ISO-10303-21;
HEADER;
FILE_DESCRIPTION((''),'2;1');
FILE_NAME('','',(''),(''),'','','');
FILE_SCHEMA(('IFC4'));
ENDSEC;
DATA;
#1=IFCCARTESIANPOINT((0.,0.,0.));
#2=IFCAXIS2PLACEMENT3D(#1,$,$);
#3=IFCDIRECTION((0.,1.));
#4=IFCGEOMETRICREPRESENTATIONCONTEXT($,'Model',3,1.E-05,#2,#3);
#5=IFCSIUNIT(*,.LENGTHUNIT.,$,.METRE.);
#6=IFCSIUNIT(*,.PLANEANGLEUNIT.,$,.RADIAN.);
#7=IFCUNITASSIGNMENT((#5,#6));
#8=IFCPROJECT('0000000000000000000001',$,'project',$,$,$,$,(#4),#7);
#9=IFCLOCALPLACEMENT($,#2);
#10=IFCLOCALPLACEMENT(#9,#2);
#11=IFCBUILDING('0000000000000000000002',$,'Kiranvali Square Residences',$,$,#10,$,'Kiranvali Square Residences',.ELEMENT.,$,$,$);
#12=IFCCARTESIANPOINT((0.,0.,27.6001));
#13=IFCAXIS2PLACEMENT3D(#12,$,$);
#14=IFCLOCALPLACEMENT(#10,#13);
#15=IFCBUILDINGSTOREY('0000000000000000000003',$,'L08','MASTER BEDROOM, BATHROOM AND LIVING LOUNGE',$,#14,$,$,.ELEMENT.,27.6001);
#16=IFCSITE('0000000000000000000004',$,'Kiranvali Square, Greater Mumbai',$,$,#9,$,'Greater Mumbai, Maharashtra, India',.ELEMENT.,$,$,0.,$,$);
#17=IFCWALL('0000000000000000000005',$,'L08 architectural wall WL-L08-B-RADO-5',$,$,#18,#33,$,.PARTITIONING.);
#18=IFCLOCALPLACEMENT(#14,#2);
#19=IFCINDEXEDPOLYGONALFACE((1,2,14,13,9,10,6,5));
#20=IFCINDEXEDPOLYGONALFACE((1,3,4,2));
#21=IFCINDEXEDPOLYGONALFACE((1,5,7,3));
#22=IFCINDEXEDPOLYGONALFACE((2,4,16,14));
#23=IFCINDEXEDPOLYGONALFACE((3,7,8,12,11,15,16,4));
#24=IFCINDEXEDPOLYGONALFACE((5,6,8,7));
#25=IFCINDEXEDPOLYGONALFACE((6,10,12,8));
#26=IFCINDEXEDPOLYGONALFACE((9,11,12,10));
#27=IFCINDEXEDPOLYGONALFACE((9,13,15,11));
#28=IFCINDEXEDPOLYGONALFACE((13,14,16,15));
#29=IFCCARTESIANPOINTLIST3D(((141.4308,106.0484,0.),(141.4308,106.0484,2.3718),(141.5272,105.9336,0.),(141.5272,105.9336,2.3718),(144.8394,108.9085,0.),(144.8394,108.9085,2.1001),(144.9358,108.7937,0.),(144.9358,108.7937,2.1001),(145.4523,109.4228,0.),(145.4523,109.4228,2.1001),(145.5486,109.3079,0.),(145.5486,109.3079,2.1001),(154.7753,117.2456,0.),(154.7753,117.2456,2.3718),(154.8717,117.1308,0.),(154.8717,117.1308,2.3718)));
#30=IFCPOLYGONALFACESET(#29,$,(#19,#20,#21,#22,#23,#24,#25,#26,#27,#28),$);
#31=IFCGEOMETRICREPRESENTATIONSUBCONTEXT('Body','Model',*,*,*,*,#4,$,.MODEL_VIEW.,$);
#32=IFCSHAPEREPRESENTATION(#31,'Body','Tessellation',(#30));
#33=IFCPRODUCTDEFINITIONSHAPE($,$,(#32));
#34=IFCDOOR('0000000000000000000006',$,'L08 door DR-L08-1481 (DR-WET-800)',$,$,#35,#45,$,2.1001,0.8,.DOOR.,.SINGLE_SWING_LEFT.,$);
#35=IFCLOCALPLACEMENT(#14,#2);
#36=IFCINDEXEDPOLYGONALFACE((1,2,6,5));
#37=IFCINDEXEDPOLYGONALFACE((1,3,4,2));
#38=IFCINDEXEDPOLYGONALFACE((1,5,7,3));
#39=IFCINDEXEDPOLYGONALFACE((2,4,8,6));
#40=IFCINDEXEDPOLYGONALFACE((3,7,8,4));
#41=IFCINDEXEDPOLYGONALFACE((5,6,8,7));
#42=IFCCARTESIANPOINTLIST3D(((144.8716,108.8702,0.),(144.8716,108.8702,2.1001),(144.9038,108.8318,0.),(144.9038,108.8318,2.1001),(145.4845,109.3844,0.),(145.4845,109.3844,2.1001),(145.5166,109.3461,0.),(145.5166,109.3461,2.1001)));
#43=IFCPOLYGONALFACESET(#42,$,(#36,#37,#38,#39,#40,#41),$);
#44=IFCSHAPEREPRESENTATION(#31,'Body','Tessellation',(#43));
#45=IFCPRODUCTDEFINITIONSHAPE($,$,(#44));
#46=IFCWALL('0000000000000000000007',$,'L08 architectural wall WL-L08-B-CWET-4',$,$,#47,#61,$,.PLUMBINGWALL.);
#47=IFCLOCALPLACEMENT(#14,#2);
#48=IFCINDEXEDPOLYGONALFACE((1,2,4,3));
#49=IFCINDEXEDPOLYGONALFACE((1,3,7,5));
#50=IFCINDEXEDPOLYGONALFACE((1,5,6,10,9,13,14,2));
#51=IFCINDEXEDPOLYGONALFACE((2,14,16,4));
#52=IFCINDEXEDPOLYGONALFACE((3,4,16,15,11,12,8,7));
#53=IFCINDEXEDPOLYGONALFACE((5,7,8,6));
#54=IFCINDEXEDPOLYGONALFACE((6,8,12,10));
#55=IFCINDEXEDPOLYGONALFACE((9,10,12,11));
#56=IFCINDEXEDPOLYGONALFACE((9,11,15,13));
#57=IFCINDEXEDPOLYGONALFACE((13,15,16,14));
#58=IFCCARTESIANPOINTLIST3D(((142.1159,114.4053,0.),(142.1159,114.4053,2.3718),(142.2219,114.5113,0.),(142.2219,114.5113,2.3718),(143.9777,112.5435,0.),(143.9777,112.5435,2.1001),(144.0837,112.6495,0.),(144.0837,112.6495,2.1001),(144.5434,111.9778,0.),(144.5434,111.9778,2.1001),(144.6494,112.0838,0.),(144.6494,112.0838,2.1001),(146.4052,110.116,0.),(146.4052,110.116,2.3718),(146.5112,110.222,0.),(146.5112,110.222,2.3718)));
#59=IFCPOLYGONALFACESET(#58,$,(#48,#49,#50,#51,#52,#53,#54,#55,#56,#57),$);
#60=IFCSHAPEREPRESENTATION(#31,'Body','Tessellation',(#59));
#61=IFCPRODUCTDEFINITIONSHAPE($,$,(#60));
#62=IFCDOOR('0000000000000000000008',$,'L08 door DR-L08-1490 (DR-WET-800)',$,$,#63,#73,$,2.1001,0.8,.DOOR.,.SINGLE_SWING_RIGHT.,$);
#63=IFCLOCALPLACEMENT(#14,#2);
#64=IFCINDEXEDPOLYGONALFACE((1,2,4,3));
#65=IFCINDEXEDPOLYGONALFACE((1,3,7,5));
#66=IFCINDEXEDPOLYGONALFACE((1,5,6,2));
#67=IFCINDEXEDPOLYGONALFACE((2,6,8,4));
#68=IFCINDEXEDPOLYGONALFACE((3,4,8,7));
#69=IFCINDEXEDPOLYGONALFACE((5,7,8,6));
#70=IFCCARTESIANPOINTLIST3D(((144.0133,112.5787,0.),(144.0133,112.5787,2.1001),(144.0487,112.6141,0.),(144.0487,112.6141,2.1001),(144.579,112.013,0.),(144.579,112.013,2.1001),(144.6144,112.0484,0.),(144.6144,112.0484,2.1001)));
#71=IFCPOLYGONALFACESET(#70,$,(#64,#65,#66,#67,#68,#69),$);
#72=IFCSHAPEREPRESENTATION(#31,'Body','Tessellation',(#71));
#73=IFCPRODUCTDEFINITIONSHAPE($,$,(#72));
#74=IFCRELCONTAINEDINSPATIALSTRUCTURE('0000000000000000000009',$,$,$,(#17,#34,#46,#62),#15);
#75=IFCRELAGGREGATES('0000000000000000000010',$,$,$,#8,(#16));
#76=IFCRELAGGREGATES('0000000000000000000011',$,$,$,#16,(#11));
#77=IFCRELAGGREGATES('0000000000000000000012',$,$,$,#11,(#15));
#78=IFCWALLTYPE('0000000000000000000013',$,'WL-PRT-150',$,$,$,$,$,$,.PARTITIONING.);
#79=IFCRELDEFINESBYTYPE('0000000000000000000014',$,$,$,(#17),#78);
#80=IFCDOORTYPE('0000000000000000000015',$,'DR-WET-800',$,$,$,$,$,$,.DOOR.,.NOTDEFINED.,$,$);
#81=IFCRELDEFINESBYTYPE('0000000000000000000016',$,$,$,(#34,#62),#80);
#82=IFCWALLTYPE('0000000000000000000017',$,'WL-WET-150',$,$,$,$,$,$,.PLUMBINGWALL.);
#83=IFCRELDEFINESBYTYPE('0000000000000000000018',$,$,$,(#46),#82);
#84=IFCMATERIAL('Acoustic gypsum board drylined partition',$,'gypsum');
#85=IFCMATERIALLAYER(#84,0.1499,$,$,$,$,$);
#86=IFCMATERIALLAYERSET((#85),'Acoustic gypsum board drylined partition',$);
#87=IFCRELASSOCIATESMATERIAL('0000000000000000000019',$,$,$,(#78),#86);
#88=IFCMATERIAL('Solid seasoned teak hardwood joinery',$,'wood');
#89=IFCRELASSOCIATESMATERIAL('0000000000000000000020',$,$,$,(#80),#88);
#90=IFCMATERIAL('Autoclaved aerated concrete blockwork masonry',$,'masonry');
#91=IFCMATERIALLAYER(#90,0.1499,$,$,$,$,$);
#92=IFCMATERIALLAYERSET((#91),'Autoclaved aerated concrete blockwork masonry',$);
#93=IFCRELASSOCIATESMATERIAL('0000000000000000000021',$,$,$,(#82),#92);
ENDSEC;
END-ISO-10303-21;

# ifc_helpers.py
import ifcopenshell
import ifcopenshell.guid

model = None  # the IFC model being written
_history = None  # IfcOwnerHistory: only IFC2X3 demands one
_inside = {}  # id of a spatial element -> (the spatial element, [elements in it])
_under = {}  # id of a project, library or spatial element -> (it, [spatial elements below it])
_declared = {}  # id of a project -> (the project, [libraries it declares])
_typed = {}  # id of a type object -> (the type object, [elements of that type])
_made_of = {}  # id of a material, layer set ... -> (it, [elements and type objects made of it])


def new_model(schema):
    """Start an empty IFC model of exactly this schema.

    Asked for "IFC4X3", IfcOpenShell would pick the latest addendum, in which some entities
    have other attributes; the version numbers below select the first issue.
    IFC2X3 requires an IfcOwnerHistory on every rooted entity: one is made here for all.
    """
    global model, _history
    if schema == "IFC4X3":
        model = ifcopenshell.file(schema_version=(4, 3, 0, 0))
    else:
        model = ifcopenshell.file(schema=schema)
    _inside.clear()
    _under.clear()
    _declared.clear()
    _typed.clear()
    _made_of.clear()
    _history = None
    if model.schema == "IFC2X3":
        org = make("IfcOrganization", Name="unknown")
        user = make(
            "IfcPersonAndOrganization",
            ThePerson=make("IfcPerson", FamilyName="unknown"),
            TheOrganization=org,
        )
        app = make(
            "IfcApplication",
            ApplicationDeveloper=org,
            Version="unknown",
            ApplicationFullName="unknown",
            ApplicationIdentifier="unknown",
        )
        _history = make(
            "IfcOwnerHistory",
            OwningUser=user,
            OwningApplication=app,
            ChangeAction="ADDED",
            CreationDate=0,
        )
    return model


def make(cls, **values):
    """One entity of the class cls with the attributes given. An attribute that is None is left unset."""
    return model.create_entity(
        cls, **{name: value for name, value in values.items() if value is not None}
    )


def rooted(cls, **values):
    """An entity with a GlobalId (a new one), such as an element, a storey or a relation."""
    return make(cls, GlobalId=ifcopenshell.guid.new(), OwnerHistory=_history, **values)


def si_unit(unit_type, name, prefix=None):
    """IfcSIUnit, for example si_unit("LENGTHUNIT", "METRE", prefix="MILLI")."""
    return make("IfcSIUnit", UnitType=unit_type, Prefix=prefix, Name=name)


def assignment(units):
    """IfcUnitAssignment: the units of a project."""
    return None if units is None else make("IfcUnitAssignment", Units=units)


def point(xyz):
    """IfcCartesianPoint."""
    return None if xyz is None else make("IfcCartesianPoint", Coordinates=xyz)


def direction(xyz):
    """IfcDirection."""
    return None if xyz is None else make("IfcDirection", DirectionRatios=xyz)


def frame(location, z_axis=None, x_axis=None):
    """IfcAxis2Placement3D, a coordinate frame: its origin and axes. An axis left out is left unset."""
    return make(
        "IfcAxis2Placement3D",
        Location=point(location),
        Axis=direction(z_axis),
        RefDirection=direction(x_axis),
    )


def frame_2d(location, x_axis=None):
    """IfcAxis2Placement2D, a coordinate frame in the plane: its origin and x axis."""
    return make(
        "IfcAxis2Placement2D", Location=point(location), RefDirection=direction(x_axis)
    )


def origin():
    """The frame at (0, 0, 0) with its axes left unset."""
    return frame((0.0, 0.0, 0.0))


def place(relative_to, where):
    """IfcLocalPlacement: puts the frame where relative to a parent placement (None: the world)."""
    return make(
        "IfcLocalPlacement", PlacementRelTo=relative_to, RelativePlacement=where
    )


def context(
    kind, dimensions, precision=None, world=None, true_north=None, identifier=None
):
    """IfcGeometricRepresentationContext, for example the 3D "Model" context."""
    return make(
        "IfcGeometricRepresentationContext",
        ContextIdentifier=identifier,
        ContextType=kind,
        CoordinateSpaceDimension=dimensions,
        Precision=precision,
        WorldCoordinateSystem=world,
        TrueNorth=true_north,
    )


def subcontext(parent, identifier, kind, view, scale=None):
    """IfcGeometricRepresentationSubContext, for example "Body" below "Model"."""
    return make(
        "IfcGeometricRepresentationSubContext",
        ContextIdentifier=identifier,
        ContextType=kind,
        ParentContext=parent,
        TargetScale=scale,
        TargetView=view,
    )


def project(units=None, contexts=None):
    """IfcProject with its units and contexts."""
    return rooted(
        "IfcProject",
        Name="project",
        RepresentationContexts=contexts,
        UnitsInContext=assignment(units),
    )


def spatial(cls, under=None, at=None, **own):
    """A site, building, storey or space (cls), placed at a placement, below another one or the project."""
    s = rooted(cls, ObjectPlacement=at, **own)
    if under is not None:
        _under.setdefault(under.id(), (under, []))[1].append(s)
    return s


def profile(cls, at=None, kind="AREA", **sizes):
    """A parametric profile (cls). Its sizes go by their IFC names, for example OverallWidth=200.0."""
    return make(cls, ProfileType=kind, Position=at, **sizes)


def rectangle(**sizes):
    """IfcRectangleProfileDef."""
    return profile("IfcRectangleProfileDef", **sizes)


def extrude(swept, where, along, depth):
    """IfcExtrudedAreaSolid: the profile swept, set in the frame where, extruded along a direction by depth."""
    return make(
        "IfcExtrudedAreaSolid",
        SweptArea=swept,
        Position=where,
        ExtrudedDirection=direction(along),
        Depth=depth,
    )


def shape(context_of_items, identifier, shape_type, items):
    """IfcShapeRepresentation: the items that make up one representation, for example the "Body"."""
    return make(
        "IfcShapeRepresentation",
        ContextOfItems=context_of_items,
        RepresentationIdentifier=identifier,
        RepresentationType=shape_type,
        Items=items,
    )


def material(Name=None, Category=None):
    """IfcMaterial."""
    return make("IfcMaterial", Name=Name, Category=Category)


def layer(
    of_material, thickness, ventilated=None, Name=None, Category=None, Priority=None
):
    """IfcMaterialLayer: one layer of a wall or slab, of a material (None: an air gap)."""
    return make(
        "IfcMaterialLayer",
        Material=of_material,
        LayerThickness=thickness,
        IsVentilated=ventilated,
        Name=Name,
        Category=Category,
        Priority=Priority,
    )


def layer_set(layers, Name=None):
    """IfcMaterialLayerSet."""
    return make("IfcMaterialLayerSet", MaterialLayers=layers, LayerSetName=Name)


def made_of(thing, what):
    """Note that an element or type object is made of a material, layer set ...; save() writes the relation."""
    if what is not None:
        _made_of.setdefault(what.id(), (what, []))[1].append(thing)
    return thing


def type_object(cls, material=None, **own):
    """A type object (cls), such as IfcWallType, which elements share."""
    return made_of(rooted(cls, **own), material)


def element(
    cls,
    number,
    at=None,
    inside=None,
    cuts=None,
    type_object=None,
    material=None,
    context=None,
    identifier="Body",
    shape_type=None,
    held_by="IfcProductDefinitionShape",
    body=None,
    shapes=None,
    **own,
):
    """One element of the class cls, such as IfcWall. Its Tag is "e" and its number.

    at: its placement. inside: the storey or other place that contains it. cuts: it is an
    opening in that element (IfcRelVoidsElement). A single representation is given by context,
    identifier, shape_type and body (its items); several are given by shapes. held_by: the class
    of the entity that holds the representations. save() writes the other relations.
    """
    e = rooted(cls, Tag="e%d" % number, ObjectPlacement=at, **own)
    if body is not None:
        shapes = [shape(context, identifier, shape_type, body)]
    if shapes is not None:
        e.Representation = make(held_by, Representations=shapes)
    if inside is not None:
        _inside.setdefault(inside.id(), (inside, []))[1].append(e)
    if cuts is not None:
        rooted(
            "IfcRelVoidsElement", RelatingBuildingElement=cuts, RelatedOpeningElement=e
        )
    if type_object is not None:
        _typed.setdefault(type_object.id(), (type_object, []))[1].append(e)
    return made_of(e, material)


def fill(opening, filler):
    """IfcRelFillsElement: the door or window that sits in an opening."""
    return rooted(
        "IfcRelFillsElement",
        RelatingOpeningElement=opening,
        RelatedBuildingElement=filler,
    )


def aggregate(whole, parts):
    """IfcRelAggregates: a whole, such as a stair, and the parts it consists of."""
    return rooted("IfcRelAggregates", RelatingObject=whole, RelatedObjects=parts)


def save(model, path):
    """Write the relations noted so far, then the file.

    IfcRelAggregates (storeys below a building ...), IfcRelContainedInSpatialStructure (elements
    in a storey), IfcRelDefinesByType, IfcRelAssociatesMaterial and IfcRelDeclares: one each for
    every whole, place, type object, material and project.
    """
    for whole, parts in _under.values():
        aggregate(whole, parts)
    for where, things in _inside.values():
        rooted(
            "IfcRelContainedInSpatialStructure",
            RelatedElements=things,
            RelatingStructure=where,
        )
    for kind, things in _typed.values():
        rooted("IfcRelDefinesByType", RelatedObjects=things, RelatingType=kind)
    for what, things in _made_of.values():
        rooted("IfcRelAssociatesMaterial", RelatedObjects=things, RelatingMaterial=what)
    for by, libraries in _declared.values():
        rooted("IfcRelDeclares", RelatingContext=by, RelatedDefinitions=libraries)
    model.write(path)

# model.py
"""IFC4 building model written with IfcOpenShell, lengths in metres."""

from ifc_helpers import new_model, si_unit, direction, frame, frame_2d, origin, place, context, subcontext, project, spatial, rectangle, extrude, material, layer, layer_set, type_object, element, fill, save


model = new_model("IFC4")

# Units and contexts
model_context = context("Model", 3, precision=1e-05, world=origin(), true_north=direction((0.0, 1.0)))
body_context = subcontext(model_context, "Body", "Model", "MODEL_VIEW")
ifc_project = project(units=[si_unit("LENGTHUNIT", "METRE"), si_unit("PLANEANGLEUNIT", "RADIAN")], contexts=[model_context])

# Site, building, storey
site_placement = place(None, origin())
site = spatial("IfcSite", under=ifc_project, at=site_placement, Name="Kiranvali Square, Greater Mumbai", LongName="Greater Mumbai, Maharashtra, India", CompositionType="ELEMENT", RefElevation=0.0)
building_placement = place(site_placement, origin())
building = spatial("IfcBuilding", under=site, at=building_placement, Name="Kiranvali Square Residences", LongName="Kiranvali Square Residences", CompositionType="ELEMENT")
storey_placement = place(building_placement, frame((0.0, 0.0, 27.6001)))
storey = spatial("IfcBuildingStorey", under=building, at=storey_placement, Name="L08", Description="MASTER BEDROOM, BATHROOM AND LIVING LOUNGE", CompositionType="ELEMENT", Elevation=27.6001)

# Shared definitions
ifc_material_1 = material(Name="Autoclaved aerated concrete blockwork masonry", Category="masonry")

# Walls, openings, doors
ifc_material_2 = material(Name="Acoustic gypsum board drylined partition", Category="gypsum")
ifc_layer_1 = layer(ifc_material_2, 0.1499)
ifc_layer_set_1 = layer_set([ifc_layer_1], Name="Acoustic gypsum board drylined partition")
wall_type_1 = type_object("IfcWallType", Name="WL-PRT-150", PredefinedType="PARTITIONING", material=ifc_layer_set_1)
wall_1_placement = place(storey_placement, frame((141.479, 105.991, 0.0), z_axis=(0.0, 0.0, 1.0), x_axis=(0.766047, 0.642785, 0.0)))
wall_1 = element("IfcWall", 1, at=wall_1_placement, inside=storey, type_object=wall_type_1, Name="L08 architectural wall WL-L08-B-RADO-5", PredefinedType="PARTITIONING", context=body_context, shape_type="SweptSolid", body=[
    extrude(rectangle(XDim=17.4199, YDim=0.1499, at=frame_2d((8.71, 0.0))), origin(), (0.0, 0.0, 1.0), 2.3718),
])
opening_1_placement = place(wall_1_placement, frame((4.4497, 0.0, 0.0)))
opening_1 = element("IfcOpeningElement", 2, at=opening_1_placement, cuts=wall_1, PredefinedType="OPENING", context=body_context, shape_type="SweptSolid", body=[
    extrude(rectangle(XDim=0.8, YDim=2.1001, at=frame_2d((0.3999, 1.05))), frame((0.0, 0.085, 0.0), z_axis=(0.0, -1.0, 0.0), x_axis=(1.0, 0.0, 0.0)), (0.0, 0.0, 1.0), 0.1699),
])
ifc_material_3 = material(Name="Solid seasoned teak hardwood joinery", Category="wood")
door_type_1 = type_object("IfcDoorType", Name="DR-WET-800", OperationType="NOTDEFINED", PredefinedType="DOOR", material=ifc_material_3)
door_1_placement = place(opening_1_placement, origin())
door_1 = element("IfcDoor", 3, at=door_1_placement, inside=storey, type_object=door_type_1, Name="L08 door DR-L08-1481 (DR-WET-800)", OperationType="SINGLE_SWING_LEFT", OverallHeight=2.1001, OverallWidth=0.8, PredefinedType="DOOR", context=body_context, shape_type="SweptSolid", body=[
    extrude(rectangle(XDim=0.8, YDim=2.1001, at=frame_2d((0.3999, 1.05))), frame((0.0, 0.0249, 0.0), z_axis=(0.0, -1.0, 0.0), x_axis=(1.0, 0.0, 0.0)), (0.0, 0.0, 1.0), 0.05),
])
fill(opening_1, door_1)
ifc_layer_2 = layer(ifc_material_1, 0.1499)
ifc_layer_set_2 = layer_set([ifc_layer_2], Name="Autoclaved aerated concrete blockwork masonry")
wall_type_2 = type_object("IfcWallType", Name="WL-WET-150", PredefinedType="PLUMBINGWALL", material=ifc_layer_set_2)
wall_2_placement = place(storey_placement, frame((142.1689, 114.4583, 0.0), z_axis=(0.0, 0.0, 1.0), x_axis=(0.707107, -0.707107, 0.0)))
wall_2 = element("IfcWall", 4, at=wall_2_placement, inside=storey, type_object=wall_type_2, Name="L08 architectural wall WL-L08-B-CWET-4", PredefinedType="PLUMBINGWALL", context=body_context, shape_type="SweptSolid", body=[
    extrude(rectangle(XDim=6.0659, YDim=0.1499, at=frame_2d((3.033, 0.0))), origin(), (0.0, 0.0, 1.0), 2.3718),
])
opening_2_placement = place(wall_2_placement, frame((2.6331, 0.0, 0.0)))
opening_2 = element("IfcOpeningElement", 5, at=opening_2_placement, cuts=wall_2, PredefinedType="OPENING", context=body_context, shape_type="SweptSolid", body=[
    extrude(rectangle(XDim=0.8, YDim=2.1001, at=frame_2d((0.3999, 1.05))), frame((0.0, 0.085, 0.0), z_axis=(0.0, -1.0, 0.0), x_axis=(1.0, 0.0, 0.0)), (0.0, 0.0, 1.0), 0.1699),
])
door_2_placement = place(opening_2_placement, frame((0.8, 0.0, 0.0), z_axis=(0.0, 0.0, 1.0), x_axis=(-1.0, 0.0, 0.0)))
door_2 = element("IfcDoor", 6, at=door_2_placement, inside=storey, type_object=door_type_1, Name="L08 door DR-L08-1490 (DR-WET-800)", OperationType="SINGLE_SWING_RIGHT", OverallHeight=2.1001, OverallWidth=0.8, PredefinedType="DOOR", context=body_context, shape_type="SweptSolid", body=[
    extrude(rectangle(XDim=0.8, YDim=2.1001, at=frame_2d((0.3999, 1.05))), frame((0.0, 0.0249, 0.0), z_axis=(0.0, -1.0, 0.0), x_axis=(1.0, 0.0, 0.0)), (0.0, 0.0, 1.0), 0.05),
])
fill(opening_2, door_2)

save(model, "model.ifc")
